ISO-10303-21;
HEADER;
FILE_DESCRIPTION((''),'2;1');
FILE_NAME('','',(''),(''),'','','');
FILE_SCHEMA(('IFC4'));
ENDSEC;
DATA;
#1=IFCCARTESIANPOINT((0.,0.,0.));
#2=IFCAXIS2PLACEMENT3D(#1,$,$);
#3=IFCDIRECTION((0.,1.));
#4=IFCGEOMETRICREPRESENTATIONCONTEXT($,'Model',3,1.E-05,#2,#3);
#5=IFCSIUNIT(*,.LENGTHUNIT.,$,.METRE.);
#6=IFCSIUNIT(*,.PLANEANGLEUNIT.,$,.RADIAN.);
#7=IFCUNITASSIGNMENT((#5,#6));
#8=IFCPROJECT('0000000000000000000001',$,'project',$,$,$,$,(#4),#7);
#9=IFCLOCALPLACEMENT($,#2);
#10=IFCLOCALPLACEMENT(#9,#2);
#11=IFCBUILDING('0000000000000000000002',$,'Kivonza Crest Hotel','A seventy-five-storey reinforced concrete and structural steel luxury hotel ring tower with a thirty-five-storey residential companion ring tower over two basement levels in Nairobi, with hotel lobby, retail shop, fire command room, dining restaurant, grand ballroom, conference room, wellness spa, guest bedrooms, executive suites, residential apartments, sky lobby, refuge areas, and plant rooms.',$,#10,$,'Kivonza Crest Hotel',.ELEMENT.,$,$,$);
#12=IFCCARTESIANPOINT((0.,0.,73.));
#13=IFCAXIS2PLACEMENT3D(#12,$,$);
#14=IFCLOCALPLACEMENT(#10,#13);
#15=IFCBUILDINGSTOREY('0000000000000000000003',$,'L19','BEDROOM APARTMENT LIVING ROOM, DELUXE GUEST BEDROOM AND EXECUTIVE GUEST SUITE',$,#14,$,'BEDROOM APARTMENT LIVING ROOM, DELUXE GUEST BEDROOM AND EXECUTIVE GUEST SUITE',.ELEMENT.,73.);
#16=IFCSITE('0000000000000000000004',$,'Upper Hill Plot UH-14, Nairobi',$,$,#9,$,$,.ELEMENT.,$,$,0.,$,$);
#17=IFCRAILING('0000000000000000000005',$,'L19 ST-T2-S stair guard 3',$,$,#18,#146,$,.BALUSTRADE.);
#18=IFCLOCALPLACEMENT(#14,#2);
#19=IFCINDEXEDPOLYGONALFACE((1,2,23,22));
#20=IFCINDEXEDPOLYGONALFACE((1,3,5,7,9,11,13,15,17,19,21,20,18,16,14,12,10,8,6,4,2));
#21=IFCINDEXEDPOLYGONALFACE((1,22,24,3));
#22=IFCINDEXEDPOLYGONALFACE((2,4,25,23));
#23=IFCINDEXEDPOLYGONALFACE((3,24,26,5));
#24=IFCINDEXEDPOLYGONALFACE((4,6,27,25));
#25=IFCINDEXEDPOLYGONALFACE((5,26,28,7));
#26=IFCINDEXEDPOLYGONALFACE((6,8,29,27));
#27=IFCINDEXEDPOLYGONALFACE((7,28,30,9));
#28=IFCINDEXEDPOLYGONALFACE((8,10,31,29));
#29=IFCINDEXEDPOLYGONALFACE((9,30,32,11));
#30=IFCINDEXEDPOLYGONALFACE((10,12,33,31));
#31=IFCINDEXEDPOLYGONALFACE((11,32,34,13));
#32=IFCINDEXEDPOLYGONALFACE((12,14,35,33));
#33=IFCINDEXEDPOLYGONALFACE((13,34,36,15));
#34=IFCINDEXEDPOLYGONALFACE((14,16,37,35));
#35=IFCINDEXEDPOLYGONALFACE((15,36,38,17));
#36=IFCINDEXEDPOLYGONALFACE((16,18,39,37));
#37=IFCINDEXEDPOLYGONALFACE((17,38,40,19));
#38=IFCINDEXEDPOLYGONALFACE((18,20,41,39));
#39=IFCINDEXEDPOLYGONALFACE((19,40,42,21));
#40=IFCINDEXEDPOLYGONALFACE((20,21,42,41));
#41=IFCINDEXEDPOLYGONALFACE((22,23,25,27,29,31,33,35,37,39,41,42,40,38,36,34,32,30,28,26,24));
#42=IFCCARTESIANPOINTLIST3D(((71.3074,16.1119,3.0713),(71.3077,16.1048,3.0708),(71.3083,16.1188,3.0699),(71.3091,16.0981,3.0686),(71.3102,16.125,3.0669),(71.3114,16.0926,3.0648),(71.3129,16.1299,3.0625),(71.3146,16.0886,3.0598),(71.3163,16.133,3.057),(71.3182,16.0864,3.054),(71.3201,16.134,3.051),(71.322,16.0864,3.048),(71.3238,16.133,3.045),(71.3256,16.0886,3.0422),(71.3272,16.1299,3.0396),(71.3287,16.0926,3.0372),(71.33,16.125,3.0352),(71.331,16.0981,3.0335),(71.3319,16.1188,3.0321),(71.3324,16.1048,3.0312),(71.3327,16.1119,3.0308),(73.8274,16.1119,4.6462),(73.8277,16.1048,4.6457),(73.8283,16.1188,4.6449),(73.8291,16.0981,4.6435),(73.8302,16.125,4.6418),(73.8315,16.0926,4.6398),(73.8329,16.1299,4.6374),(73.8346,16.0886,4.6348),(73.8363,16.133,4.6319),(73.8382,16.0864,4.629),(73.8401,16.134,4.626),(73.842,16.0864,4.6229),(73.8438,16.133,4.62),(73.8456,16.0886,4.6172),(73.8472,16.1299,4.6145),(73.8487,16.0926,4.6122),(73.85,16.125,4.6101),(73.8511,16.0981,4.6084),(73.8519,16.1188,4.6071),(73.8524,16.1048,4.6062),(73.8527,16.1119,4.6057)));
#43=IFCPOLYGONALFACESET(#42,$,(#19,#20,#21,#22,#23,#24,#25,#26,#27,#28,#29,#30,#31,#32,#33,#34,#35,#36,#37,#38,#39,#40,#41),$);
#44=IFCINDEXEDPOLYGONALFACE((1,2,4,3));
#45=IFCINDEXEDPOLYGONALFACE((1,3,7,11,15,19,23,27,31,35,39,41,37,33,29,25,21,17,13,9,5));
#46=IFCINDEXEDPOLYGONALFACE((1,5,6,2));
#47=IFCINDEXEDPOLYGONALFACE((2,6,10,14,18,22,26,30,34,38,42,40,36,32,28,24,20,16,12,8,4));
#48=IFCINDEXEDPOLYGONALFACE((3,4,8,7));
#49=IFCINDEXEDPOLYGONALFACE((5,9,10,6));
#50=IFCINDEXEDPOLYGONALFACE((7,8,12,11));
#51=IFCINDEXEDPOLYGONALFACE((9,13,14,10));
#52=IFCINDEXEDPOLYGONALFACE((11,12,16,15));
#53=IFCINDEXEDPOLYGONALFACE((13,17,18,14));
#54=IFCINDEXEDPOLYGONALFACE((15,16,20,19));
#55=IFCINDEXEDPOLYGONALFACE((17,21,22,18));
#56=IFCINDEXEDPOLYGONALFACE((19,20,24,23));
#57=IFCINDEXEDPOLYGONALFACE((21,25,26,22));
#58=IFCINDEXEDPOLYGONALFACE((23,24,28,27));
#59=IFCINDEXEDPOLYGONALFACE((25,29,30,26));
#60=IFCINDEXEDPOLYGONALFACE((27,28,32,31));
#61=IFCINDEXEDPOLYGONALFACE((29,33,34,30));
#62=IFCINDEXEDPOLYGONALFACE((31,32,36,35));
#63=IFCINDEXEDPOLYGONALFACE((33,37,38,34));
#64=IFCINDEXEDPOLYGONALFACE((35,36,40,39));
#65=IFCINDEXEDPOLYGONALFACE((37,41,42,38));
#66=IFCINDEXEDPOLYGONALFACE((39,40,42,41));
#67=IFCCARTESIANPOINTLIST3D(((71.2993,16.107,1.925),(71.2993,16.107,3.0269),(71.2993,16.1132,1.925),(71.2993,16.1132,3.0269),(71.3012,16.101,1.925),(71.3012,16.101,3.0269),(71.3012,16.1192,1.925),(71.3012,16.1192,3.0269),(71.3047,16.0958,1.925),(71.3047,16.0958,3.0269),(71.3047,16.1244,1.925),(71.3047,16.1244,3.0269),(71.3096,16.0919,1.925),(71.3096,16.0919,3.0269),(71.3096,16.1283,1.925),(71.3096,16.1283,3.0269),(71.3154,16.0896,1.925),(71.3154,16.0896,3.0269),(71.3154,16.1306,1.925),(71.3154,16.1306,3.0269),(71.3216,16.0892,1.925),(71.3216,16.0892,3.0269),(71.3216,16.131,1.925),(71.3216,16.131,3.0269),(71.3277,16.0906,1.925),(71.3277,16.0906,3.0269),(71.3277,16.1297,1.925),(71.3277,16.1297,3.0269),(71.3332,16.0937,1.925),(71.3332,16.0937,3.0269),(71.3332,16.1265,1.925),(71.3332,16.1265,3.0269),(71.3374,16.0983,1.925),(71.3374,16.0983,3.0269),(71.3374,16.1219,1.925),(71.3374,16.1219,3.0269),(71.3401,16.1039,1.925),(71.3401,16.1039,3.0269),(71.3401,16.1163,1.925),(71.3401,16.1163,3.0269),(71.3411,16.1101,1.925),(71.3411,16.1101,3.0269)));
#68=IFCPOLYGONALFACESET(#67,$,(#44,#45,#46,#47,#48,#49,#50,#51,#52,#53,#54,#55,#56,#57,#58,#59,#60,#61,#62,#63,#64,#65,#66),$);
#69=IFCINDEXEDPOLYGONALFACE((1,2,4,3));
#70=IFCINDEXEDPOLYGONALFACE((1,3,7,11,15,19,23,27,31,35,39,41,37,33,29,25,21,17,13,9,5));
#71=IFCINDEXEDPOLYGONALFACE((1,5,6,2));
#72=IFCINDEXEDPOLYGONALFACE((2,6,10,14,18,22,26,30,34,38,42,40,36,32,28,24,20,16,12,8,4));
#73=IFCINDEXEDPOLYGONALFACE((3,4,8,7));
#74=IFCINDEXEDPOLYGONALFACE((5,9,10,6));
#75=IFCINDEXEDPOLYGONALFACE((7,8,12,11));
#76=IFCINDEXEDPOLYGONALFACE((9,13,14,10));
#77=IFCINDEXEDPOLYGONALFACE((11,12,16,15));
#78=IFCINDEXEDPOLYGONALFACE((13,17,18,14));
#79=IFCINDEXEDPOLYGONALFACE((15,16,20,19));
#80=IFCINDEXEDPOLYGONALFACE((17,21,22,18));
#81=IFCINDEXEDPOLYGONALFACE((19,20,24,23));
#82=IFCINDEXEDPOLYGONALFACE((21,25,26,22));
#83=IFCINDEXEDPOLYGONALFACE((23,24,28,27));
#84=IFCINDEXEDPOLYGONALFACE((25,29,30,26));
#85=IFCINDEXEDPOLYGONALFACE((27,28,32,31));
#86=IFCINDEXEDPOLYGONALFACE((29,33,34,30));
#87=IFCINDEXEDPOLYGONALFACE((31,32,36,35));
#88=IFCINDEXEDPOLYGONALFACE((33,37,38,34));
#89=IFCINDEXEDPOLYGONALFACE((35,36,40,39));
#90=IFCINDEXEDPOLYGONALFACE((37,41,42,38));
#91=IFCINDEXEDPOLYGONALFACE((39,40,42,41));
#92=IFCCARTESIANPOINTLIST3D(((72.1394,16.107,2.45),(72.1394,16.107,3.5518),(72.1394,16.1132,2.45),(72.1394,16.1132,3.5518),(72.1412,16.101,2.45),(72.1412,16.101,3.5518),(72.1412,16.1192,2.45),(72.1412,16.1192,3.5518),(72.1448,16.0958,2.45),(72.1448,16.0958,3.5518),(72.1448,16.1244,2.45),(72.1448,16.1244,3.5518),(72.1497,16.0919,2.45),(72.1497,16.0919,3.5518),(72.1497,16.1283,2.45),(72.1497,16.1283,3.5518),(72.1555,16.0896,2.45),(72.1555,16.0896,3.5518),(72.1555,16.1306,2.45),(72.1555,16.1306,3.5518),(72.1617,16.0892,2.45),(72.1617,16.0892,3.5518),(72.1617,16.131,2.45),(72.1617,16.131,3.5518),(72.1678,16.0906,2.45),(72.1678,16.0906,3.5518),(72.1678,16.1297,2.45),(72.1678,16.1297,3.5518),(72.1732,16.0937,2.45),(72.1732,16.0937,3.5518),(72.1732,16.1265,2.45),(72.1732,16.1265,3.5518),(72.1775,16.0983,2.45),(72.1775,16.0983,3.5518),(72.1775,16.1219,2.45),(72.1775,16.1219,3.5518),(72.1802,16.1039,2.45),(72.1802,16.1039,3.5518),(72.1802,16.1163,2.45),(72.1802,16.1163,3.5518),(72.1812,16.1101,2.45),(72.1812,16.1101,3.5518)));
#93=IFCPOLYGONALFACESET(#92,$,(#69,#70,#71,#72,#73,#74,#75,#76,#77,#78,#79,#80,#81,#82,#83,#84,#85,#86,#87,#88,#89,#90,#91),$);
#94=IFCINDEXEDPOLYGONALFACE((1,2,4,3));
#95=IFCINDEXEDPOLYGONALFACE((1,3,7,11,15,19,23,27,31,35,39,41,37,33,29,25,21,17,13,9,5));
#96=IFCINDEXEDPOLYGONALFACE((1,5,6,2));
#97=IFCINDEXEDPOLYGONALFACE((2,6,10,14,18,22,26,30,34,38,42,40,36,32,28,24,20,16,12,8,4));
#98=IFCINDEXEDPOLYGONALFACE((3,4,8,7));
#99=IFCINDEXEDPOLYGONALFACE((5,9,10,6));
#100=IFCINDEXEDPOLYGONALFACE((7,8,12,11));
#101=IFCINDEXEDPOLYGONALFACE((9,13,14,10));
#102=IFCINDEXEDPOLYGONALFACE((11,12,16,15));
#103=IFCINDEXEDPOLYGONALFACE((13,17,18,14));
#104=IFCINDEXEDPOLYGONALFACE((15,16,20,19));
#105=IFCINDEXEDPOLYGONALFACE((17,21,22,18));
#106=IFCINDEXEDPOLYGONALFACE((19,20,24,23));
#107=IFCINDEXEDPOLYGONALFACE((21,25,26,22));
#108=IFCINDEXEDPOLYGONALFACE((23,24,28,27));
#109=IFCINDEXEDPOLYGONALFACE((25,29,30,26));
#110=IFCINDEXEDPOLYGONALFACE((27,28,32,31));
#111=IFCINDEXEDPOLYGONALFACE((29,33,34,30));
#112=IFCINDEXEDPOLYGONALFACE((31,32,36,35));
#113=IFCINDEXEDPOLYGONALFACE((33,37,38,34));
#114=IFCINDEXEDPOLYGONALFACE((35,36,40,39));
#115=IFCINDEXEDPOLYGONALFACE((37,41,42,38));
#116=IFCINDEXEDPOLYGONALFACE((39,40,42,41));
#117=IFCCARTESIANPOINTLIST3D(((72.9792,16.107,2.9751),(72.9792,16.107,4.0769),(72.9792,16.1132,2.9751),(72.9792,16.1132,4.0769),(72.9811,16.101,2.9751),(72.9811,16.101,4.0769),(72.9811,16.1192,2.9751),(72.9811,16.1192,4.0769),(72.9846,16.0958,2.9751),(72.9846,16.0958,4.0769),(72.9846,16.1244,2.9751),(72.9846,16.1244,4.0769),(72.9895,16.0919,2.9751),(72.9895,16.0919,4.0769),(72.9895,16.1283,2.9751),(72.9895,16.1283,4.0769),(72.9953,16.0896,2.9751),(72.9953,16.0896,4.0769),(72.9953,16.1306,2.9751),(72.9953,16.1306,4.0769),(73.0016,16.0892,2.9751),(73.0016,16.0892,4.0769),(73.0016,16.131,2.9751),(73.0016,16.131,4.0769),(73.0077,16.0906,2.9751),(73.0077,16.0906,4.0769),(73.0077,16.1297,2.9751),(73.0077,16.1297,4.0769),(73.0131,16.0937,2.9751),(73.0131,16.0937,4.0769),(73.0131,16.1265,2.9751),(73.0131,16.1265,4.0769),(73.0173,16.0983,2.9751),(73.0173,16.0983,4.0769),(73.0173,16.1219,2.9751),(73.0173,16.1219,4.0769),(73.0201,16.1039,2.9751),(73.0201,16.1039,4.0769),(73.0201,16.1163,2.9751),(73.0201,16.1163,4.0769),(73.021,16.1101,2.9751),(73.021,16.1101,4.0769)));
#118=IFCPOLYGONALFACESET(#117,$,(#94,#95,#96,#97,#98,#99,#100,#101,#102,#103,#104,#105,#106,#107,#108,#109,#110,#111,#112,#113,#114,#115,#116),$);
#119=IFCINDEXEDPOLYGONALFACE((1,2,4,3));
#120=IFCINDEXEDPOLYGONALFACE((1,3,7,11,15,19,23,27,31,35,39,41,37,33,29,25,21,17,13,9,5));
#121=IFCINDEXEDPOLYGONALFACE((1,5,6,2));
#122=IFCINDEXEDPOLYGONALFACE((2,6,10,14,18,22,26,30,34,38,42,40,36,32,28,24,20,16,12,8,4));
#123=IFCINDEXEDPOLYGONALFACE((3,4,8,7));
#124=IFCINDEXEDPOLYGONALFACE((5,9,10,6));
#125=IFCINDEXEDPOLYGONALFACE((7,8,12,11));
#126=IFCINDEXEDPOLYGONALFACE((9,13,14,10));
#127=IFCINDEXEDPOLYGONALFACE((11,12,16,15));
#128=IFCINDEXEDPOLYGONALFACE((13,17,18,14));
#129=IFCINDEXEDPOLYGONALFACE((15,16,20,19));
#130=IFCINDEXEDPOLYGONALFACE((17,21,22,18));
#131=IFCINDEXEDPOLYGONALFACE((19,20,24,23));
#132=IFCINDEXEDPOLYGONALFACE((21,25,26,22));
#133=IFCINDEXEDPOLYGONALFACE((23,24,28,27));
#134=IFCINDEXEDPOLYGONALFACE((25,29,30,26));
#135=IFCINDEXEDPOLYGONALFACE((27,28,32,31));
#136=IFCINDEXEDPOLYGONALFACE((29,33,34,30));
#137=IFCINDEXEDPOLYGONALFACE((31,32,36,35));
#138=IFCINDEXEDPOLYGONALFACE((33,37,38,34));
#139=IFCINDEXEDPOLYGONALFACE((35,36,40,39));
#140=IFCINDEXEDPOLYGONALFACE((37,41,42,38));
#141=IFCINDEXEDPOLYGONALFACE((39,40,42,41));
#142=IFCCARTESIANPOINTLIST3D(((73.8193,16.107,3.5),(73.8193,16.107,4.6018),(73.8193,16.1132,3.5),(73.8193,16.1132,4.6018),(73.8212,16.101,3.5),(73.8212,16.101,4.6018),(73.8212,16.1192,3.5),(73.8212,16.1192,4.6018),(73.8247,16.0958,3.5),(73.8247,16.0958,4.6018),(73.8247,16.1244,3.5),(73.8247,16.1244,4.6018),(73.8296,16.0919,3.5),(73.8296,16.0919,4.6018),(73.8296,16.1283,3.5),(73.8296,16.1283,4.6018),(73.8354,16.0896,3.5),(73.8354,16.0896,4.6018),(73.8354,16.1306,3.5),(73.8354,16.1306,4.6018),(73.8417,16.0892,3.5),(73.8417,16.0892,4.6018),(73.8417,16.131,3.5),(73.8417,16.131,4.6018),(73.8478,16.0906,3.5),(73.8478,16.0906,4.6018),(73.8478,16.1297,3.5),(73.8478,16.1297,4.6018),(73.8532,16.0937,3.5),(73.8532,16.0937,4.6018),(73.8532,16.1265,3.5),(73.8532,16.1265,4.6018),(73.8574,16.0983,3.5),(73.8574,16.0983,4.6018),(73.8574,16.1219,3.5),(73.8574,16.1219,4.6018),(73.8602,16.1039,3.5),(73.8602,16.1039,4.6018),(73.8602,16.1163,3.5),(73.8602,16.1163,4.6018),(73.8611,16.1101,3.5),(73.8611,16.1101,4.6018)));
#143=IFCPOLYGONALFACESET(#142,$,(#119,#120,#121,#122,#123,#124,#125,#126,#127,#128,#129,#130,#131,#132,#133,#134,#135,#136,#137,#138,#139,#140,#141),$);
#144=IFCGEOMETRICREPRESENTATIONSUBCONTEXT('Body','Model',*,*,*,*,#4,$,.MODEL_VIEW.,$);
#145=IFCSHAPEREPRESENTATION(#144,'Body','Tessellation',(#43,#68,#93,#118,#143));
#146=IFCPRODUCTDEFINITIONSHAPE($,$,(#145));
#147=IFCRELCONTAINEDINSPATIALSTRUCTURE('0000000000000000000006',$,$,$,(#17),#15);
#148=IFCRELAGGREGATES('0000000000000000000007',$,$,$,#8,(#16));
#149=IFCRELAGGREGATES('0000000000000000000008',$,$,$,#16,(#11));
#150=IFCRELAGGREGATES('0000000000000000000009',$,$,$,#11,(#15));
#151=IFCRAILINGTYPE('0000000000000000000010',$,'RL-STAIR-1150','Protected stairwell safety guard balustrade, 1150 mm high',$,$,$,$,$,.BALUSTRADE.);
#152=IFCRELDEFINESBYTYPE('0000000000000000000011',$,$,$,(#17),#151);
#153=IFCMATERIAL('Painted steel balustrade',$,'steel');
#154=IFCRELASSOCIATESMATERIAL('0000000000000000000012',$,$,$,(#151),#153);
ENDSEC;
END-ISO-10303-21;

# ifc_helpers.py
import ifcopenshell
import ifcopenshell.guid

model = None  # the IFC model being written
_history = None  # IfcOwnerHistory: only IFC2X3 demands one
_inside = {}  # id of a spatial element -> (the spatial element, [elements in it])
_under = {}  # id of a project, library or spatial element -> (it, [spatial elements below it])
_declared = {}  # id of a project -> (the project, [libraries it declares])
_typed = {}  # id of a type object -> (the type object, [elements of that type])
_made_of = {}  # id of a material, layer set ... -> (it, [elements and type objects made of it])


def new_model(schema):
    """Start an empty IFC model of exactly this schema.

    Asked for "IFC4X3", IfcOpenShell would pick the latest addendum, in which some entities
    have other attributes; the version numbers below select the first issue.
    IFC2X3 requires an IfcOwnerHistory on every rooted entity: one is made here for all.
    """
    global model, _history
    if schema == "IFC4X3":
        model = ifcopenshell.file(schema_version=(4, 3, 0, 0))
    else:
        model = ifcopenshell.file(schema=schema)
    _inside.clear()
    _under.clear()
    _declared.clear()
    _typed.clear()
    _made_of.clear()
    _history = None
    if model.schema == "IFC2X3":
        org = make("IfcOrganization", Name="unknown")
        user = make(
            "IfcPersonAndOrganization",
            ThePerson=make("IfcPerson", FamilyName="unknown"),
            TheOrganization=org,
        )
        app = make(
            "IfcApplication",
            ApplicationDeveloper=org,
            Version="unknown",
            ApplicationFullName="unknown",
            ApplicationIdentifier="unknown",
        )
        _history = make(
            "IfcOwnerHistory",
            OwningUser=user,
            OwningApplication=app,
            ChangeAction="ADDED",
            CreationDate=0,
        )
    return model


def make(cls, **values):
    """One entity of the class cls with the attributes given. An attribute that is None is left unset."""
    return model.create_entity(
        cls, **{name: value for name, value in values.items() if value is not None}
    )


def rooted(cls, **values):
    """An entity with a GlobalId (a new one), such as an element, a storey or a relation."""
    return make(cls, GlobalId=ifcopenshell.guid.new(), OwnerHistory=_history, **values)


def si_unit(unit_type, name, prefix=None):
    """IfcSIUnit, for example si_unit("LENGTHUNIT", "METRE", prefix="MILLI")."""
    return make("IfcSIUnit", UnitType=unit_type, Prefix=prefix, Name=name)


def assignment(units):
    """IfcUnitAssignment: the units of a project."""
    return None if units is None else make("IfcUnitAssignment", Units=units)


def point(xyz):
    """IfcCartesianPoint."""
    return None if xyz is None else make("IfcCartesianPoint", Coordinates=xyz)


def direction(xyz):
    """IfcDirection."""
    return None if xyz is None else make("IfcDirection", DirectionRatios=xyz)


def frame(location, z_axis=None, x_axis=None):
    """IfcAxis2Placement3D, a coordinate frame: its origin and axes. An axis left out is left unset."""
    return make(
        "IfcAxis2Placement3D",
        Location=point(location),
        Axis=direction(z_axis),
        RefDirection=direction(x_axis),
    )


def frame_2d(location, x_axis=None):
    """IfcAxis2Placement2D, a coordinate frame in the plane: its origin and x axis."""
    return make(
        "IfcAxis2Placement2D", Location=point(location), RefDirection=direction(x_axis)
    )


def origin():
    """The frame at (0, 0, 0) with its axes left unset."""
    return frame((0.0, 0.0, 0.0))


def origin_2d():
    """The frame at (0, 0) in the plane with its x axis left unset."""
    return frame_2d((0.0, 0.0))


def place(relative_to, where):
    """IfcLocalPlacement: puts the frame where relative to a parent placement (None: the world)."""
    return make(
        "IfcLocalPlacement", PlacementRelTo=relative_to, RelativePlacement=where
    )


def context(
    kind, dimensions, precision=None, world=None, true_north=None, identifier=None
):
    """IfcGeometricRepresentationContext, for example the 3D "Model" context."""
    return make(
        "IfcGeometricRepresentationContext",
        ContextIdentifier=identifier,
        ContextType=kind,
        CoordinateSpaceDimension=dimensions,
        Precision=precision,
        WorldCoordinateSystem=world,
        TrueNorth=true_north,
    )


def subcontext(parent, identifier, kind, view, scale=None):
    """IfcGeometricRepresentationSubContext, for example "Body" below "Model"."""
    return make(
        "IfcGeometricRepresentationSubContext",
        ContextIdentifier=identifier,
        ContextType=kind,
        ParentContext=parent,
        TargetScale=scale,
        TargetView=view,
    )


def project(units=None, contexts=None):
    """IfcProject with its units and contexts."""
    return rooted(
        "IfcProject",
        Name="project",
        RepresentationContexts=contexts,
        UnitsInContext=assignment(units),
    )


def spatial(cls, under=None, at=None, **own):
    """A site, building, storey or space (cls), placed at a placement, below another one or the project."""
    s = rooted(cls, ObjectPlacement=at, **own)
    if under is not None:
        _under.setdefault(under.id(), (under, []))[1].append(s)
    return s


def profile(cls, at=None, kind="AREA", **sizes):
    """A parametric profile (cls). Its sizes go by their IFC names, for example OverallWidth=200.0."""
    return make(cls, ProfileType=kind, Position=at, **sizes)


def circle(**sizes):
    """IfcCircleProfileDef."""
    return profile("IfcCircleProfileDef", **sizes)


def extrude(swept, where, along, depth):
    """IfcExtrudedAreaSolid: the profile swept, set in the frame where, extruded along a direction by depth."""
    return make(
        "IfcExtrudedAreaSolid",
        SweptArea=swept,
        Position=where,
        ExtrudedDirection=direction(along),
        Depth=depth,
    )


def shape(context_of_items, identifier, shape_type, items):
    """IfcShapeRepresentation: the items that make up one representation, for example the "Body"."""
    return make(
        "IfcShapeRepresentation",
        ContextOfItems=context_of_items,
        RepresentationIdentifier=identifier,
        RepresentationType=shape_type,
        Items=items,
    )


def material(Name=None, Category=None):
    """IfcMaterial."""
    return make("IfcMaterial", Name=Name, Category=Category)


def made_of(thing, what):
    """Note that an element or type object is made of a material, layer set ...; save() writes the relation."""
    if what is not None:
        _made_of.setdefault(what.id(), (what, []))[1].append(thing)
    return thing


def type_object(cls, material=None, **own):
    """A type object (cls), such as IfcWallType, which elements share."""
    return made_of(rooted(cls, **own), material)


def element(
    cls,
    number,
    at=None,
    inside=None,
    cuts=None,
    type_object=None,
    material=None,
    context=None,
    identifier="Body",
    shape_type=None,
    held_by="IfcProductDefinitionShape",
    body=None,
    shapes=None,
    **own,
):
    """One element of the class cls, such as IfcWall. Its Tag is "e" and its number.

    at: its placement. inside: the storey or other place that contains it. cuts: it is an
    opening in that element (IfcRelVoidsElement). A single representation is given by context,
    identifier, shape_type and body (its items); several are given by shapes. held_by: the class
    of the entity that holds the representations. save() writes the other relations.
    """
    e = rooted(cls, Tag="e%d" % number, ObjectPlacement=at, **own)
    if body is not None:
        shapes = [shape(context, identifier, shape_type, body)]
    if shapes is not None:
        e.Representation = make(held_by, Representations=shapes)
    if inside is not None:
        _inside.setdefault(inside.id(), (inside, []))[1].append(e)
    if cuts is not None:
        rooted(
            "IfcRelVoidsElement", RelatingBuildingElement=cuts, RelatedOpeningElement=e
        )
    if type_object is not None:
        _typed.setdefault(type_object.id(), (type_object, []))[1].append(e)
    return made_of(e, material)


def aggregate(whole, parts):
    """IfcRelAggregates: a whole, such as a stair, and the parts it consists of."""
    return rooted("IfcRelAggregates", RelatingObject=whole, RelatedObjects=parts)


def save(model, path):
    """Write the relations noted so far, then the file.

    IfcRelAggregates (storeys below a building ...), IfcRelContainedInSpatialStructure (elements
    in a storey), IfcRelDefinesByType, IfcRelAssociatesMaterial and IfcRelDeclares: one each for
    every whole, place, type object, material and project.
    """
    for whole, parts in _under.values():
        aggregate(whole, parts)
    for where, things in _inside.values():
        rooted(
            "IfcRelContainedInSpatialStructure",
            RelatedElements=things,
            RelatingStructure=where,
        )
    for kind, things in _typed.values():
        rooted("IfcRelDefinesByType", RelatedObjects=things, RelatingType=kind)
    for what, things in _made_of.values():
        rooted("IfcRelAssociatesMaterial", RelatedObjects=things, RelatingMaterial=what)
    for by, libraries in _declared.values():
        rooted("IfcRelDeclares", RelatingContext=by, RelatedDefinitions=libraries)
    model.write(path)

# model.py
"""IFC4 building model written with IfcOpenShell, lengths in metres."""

from ifc_helpers import new_model, si_unit, direction, frame, origin, origin_2d, place, context, subcontext, project, spatial, circle, extrude, material, type_object, element, save


model = new_model("IFC4")

# Units and contexts
model_context = context("Model", 3, precision=1e-05, world=origin(), true_north=direction((0.0, 1.0)))
body_context = subcontext(model_context, "Body", "Model", "MODEL_VIEW")
ifc_project = project(units=[si_unit("LENGTHUNIT", "METRE"), si_unit("PLANEANGLEUNIT", "RADIAN")], contexts=[model_context])

# Site, building, storey
site_placement = place(None, origin())
site = spatial("IfcSite", under=ifc_project, at=site_placement, Name="Upper Hill Plot UH-14, Nairobi", CompositionType="ELEMENT", RefElevation=0.0)
building_placement = place(site_placement, origin())
building = spatial("IfcBuilding", under=site, at=building_placement, Name="Kivonza Crest Hotel", Description="A seventy-five-storey reinforced concrete and structural steel luxury hotel ring tower with a thirty-five-storey residential companion ring tower over two basement levels in Nairobi, with hotel lobby, retail shop, fire command room, dining restaurant, grand ballroom, conference room, wellness spa, guest bedrooms, executive suites, residential apartments, sky lobby, refuge areas, and plant rooms.", LongName="Kivonza Crest Hotel", CompositionType="ELEMENT")
storey_placement = place(building_placement, frame((0.0, 0.0, 73.0)))
storey = spatial("IfcBuildingStorey", under=building, at=storey_placement, Name="L19", Description="BEDROOM APARTMENT LIVING ROOM, DELUXE GUEST BEDROOM AND EXECUTIVE GUEST SUITE", LongName="BEDROOM APARTMENT LIVING ROOM, DELUXE GUEST BEDROOM AND EXECUTIVE GUEST SUITE", CompositionType="ELEMENT", Elevation=73.0)

# Railing
ifc_material_1 = material(Name="Painted steel balustrade", Category="steel")
railing_type_1 = type_object("IfcRailingType", Name="RL-STAIR-1150", Description="Protected stairwell safety guard balustrade, 1150 mm high", PredefinedType="BALUSTRADE", material=ifc_material_1)
railing_1_placement = place(storey_placement, frame((71.3201, 16.1101, 1.925)))
element("IfcRailing", 1, at=railing_1_placement, inside=storey, type_object=railing_type_1, Name="L19 ST-T2-S stair guard 3", PredefinedType="BALUSTRADE", context=body_context, shape_type="SweptSolid", body=[
    extrude(circle(Radius=0.0239, at=origin_2d()), frame((0.0, 0.0, 1.126), z_axis=(0.848008, 0.0, 0.529984), x_axis=(0.0, 1.0, 0.0)), (0.0, 0.0, 1.0), 2.9717),
    extrude(circle(Radius=0.021, at=origin_2d()), origin(), (0.0, 0.0, 1.0), 1.1018),
    extrude(circle(Radius=0.021, at=origin_2d()), frame((0.8401, 0.0, 0.5249)), (0.0, 0.0, 1.0), 1.1018),
    extrude(circle(Radius=0.021, at=origin_2d()), frame((1.6799, 0.0, 1.05)), (0.0, 0.0, 1.0), 1.1018),
    extrude(circle(Radius=0.021, at=origin_2d()), frame((2.52, 0.0, 1.575)), (0.0, 0.0, 1.0), 1.1018),
])

save(model, "model.ifc")
